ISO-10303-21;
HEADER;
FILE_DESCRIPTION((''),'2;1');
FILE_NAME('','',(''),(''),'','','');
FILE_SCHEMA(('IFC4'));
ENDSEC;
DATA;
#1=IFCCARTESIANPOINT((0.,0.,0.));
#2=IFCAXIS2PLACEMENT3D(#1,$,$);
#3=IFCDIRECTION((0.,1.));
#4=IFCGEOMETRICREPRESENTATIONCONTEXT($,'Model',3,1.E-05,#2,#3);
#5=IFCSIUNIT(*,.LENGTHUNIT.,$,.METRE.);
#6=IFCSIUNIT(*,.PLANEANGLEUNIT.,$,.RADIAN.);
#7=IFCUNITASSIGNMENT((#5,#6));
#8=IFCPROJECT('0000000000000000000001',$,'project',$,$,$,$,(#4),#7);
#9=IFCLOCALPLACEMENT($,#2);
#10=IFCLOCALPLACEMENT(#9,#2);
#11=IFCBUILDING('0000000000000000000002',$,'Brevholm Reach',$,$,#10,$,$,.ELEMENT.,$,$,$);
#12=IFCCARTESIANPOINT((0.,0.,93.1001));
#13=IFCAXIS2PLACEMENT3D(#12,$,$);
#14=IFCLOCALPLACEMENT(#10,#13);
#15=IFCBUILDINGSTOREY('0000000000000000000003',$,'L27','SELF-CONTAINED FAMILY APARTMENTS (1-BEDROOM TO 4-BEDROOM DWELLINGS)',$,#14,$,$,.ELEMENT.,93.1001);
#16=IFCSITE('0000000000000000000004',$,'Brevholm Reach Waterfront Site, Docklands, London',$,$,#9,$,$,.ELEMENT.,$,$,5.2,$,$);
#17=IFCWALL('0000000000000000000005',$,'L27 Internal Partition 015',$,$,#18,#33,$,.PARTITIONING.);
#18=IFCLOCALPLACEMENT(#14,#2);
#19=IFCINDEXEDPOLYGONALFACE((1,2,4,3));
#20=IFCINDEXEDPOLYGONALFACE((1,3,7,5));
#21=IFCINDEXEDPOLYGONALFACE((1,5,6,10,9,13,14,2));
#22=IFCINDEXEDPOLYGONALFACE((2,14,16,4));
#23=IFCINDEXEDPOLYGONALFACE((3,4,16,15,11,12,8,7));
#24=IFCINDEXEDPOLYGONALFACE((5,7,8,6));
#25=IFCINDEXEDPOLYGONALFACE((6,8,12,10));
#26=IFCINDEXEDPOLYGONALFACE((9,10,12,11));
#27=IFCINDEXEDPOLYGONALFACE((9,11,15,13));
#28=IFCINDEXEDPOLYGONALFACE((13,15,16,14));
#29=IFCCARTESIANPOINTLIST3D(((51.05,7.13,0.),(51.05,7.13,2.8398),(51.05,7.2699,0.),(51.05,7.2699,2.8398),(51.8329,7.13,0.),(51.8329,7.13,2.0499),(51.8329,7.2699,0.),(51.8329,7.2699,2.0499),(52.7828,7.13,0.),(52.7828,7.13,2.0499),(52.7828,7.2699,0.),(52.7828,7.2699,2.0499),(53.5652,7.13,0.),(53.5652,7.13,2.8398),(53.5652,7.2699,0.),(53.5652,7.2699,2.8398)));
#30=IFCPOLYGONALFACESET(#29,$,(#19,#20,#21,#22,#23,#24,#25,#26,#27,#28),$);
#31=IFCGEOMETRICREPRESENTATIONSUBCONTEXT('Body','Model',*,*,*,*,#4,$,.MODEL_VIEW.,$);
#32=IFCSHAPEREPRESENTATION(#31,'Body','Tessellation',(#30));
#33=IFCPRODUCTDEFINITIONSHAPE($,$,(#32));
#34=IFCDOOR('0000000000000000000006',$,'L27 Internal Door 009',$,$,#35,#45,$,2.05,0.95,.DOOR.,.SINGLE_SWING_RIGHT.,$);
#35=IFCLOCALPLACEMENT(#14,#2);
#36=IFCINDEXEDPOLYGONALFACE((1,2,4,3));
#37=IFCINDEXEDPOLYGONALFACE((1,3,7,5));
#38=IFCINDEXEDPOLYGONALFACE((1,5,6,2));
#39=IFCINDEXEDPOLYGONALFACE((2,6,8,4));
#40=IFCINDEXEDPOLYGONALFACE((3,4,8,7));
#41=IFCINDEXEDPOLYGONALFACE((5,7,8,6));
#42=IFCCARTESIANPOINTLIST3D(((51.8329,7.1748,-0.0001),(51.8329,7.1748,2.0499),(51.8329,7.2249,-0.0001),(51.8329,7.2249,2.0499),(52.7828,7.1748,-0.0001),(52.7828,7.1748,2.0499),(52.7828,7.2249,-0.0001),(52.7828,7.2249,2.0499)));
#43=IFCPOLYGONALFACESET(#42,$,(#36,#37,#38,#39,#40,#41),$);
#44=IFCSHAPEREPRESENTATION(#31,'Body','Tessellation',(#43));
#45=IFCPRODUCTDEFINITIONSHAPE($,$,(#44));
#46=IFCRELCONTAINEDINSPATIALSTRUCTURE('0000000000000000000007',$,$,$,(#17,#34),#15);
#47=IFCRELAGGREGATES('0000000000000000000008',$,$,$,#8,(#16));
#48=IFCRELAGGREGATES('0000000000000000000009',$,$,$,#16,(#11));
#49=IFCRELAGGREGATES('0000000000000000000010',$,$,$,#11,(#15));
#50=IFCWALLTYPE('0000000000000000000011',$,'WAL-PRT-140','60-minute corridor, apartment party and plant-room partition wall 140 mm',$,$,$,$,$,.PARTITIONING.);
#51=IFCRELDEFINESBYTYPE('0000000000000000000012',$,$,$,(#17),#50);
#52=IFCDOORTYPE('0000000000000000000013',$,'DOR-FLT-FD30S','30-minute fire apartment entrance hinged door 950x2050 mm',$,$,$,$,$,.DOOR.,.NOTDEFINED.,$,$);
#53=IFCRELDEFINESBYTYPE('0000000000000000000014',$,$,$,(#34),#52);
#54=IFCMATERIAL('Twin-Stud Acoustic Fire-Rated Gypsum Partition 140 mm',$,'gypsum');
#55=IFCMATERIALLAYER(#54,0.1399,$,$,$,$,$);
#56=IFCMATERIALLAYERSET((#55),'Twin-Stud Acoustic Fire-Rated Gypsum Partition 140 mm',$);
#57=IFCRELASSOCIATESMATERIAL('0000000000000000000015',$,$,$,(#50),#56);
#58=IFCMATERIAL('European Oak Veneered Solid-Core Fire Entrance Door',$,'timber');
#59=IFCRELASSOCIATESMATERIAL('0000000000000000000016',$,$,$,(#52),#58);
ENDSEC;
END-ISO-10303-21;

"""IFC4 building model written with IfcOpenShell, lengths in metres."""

from ifc_helpers import new_model, si_unit, direction, frame, frame_2d, origin, place, context, subcontext, project, spatial, rectangle, extrude, material, layer, layer_set, type_object, element, fill, save


model = new_model("IFC4")

# Units and contexts
model_context = context("Model", 3, precision=1e-05, world=origin(), true_north=direction((0.0, 1.0)))
body_context = subcontext(model_context, "Body", "Model", "MODEL_VIEW")
ifc_project = project(units=[si_unit("LENGTHUNIT", "METRE"), si_unit("PLANEANGLEUNIT", "RADIAN")], contexts=[model_context])

# Site, building, storey
site_placement = place(None, origin())
site = spatial("IfcSite", under=ifc_project, at=site_placement, Name="Brevholm Reach Waterfront Site, Docklands, London", CompositionType="ELEMENT", RefElevation=5.2)
building_placement = place(site_placement, origin())
building = spatial("IfcBuilding", under=site, at=building_placement, Name="Brevholm Reach", CompositionType="ELEMENT")
storey_placement = place(building_placement, frame((0.0, 0.0, 93.1001)))
storey = spatial("IfcBuildingStorey", under=building, at=storey_placement, Name="L27", Description="SELF-CONTAINED FAMILY APARTMENTS (1-BEDROOM TO 4-BEDROOM DWELLINGS)", CompositionType="ELEMENT", Elevation=93.1001)

# Shared definitions
ifc_material_1 = material(Name="Twin-Stud Acoustic Fire-Rated Gypsum Partition 140 mm", Category="gypsum")
ifc_layer_1 = layer(ifc_material_1, 0.1399)
ifc_layer_set_1 = layer_set([ifc_layer_1], Name="Twin-Stud Acoustic Fire-Rated Gypsum Partition 140 mm")
wall_type_1 = type_object("IfcWallType", Name="WAL-PRT-140", Description="60-minute corridor, apartment party and plant-room partition wall 140 mm", PredefinedType="PARTITIONING", material=ifc_layer_set_1)

# Wall, opening, door
wall_1_placement = place(storey_placement, frame((51.05, 7.2, 0.0), z_axis=(0.0, 0.0, 1.0), x_axis=(1.0, 0.0, 0.0)))
wall_1 = element("IfcWall", 1, at=wall_1_placement, inside=storey, type_object=wall_type_1, Name="L27 Internal Partition 015", PredefinedType="PARTITIONING", context=body_context, shape_type="SweptSolid", body=[
    extrude(rectangle(XDim=2.5151, YDim=0.1399, at=frame_2d((1.2576, 0.0))), origin(), (0.0, 0.0, 1.0), 2.8398),
])
opening_1_placement = place(wall_1_placement, frame((0.7827, 0.0, 0.0)))
opening_1 = element("IfcOpeningElement", 2, at=opening_1_placement, cuts=wall_1, PredefinedType="OPENING", context=body_context, shape_type="SweptSolid", body=[
    extrude(rectangle(XDim=0.95, YDim=2.05, at=frame_2d((0.4751, 1.0249))), frame((0.0, 0.0798, 0.0), z_axis=(0.0, -1.0, 0.0), x_axis=(1.0, 0.0, 0.0)), (0.0, 0.0, 1.0), 0.1599),
])
ifc_material_2 = material(Name="European Oak Veneered Solid-Core Fire Entrance Door", Category="timber")
door_type_1 = type_object("IfcDoorType", Name="DOR-FLT-FD30S", Description="30-minute fire apartment entrance hinged door 950x2050 mm", OperationType="NOTDEFINED", PredefinedType="DOOR", material=ifc_material_2)
door_1_placement = place(opening_1_placement, origin())
door_1 = element("IfcDoor", 3, at=door_1_placement, inside=storey, type_object=door_type_1, Name="L27 Internal Door 009", OperationType="SINGLE_SWING_RIGHT", OverallHeight=2.05, OverallWidth=0.95, PredefinedType="DOOR", context=body_context, shape_type="SweptSolid", body=[
    extrude(rectangle(XDim=0.95, YDim=2.05, at=frame_2d((0.4751, 1.0249))), frame((0.0, 0.0249, 0.0), z_axis=(0.0, -1.0, 0.0), x_axis=(1.0, 0.0, 0.0)), (0.0, 0.0, 1.0), 0.05),
])
fill(opening_1, door_1)

save(model, "model.ifc")
